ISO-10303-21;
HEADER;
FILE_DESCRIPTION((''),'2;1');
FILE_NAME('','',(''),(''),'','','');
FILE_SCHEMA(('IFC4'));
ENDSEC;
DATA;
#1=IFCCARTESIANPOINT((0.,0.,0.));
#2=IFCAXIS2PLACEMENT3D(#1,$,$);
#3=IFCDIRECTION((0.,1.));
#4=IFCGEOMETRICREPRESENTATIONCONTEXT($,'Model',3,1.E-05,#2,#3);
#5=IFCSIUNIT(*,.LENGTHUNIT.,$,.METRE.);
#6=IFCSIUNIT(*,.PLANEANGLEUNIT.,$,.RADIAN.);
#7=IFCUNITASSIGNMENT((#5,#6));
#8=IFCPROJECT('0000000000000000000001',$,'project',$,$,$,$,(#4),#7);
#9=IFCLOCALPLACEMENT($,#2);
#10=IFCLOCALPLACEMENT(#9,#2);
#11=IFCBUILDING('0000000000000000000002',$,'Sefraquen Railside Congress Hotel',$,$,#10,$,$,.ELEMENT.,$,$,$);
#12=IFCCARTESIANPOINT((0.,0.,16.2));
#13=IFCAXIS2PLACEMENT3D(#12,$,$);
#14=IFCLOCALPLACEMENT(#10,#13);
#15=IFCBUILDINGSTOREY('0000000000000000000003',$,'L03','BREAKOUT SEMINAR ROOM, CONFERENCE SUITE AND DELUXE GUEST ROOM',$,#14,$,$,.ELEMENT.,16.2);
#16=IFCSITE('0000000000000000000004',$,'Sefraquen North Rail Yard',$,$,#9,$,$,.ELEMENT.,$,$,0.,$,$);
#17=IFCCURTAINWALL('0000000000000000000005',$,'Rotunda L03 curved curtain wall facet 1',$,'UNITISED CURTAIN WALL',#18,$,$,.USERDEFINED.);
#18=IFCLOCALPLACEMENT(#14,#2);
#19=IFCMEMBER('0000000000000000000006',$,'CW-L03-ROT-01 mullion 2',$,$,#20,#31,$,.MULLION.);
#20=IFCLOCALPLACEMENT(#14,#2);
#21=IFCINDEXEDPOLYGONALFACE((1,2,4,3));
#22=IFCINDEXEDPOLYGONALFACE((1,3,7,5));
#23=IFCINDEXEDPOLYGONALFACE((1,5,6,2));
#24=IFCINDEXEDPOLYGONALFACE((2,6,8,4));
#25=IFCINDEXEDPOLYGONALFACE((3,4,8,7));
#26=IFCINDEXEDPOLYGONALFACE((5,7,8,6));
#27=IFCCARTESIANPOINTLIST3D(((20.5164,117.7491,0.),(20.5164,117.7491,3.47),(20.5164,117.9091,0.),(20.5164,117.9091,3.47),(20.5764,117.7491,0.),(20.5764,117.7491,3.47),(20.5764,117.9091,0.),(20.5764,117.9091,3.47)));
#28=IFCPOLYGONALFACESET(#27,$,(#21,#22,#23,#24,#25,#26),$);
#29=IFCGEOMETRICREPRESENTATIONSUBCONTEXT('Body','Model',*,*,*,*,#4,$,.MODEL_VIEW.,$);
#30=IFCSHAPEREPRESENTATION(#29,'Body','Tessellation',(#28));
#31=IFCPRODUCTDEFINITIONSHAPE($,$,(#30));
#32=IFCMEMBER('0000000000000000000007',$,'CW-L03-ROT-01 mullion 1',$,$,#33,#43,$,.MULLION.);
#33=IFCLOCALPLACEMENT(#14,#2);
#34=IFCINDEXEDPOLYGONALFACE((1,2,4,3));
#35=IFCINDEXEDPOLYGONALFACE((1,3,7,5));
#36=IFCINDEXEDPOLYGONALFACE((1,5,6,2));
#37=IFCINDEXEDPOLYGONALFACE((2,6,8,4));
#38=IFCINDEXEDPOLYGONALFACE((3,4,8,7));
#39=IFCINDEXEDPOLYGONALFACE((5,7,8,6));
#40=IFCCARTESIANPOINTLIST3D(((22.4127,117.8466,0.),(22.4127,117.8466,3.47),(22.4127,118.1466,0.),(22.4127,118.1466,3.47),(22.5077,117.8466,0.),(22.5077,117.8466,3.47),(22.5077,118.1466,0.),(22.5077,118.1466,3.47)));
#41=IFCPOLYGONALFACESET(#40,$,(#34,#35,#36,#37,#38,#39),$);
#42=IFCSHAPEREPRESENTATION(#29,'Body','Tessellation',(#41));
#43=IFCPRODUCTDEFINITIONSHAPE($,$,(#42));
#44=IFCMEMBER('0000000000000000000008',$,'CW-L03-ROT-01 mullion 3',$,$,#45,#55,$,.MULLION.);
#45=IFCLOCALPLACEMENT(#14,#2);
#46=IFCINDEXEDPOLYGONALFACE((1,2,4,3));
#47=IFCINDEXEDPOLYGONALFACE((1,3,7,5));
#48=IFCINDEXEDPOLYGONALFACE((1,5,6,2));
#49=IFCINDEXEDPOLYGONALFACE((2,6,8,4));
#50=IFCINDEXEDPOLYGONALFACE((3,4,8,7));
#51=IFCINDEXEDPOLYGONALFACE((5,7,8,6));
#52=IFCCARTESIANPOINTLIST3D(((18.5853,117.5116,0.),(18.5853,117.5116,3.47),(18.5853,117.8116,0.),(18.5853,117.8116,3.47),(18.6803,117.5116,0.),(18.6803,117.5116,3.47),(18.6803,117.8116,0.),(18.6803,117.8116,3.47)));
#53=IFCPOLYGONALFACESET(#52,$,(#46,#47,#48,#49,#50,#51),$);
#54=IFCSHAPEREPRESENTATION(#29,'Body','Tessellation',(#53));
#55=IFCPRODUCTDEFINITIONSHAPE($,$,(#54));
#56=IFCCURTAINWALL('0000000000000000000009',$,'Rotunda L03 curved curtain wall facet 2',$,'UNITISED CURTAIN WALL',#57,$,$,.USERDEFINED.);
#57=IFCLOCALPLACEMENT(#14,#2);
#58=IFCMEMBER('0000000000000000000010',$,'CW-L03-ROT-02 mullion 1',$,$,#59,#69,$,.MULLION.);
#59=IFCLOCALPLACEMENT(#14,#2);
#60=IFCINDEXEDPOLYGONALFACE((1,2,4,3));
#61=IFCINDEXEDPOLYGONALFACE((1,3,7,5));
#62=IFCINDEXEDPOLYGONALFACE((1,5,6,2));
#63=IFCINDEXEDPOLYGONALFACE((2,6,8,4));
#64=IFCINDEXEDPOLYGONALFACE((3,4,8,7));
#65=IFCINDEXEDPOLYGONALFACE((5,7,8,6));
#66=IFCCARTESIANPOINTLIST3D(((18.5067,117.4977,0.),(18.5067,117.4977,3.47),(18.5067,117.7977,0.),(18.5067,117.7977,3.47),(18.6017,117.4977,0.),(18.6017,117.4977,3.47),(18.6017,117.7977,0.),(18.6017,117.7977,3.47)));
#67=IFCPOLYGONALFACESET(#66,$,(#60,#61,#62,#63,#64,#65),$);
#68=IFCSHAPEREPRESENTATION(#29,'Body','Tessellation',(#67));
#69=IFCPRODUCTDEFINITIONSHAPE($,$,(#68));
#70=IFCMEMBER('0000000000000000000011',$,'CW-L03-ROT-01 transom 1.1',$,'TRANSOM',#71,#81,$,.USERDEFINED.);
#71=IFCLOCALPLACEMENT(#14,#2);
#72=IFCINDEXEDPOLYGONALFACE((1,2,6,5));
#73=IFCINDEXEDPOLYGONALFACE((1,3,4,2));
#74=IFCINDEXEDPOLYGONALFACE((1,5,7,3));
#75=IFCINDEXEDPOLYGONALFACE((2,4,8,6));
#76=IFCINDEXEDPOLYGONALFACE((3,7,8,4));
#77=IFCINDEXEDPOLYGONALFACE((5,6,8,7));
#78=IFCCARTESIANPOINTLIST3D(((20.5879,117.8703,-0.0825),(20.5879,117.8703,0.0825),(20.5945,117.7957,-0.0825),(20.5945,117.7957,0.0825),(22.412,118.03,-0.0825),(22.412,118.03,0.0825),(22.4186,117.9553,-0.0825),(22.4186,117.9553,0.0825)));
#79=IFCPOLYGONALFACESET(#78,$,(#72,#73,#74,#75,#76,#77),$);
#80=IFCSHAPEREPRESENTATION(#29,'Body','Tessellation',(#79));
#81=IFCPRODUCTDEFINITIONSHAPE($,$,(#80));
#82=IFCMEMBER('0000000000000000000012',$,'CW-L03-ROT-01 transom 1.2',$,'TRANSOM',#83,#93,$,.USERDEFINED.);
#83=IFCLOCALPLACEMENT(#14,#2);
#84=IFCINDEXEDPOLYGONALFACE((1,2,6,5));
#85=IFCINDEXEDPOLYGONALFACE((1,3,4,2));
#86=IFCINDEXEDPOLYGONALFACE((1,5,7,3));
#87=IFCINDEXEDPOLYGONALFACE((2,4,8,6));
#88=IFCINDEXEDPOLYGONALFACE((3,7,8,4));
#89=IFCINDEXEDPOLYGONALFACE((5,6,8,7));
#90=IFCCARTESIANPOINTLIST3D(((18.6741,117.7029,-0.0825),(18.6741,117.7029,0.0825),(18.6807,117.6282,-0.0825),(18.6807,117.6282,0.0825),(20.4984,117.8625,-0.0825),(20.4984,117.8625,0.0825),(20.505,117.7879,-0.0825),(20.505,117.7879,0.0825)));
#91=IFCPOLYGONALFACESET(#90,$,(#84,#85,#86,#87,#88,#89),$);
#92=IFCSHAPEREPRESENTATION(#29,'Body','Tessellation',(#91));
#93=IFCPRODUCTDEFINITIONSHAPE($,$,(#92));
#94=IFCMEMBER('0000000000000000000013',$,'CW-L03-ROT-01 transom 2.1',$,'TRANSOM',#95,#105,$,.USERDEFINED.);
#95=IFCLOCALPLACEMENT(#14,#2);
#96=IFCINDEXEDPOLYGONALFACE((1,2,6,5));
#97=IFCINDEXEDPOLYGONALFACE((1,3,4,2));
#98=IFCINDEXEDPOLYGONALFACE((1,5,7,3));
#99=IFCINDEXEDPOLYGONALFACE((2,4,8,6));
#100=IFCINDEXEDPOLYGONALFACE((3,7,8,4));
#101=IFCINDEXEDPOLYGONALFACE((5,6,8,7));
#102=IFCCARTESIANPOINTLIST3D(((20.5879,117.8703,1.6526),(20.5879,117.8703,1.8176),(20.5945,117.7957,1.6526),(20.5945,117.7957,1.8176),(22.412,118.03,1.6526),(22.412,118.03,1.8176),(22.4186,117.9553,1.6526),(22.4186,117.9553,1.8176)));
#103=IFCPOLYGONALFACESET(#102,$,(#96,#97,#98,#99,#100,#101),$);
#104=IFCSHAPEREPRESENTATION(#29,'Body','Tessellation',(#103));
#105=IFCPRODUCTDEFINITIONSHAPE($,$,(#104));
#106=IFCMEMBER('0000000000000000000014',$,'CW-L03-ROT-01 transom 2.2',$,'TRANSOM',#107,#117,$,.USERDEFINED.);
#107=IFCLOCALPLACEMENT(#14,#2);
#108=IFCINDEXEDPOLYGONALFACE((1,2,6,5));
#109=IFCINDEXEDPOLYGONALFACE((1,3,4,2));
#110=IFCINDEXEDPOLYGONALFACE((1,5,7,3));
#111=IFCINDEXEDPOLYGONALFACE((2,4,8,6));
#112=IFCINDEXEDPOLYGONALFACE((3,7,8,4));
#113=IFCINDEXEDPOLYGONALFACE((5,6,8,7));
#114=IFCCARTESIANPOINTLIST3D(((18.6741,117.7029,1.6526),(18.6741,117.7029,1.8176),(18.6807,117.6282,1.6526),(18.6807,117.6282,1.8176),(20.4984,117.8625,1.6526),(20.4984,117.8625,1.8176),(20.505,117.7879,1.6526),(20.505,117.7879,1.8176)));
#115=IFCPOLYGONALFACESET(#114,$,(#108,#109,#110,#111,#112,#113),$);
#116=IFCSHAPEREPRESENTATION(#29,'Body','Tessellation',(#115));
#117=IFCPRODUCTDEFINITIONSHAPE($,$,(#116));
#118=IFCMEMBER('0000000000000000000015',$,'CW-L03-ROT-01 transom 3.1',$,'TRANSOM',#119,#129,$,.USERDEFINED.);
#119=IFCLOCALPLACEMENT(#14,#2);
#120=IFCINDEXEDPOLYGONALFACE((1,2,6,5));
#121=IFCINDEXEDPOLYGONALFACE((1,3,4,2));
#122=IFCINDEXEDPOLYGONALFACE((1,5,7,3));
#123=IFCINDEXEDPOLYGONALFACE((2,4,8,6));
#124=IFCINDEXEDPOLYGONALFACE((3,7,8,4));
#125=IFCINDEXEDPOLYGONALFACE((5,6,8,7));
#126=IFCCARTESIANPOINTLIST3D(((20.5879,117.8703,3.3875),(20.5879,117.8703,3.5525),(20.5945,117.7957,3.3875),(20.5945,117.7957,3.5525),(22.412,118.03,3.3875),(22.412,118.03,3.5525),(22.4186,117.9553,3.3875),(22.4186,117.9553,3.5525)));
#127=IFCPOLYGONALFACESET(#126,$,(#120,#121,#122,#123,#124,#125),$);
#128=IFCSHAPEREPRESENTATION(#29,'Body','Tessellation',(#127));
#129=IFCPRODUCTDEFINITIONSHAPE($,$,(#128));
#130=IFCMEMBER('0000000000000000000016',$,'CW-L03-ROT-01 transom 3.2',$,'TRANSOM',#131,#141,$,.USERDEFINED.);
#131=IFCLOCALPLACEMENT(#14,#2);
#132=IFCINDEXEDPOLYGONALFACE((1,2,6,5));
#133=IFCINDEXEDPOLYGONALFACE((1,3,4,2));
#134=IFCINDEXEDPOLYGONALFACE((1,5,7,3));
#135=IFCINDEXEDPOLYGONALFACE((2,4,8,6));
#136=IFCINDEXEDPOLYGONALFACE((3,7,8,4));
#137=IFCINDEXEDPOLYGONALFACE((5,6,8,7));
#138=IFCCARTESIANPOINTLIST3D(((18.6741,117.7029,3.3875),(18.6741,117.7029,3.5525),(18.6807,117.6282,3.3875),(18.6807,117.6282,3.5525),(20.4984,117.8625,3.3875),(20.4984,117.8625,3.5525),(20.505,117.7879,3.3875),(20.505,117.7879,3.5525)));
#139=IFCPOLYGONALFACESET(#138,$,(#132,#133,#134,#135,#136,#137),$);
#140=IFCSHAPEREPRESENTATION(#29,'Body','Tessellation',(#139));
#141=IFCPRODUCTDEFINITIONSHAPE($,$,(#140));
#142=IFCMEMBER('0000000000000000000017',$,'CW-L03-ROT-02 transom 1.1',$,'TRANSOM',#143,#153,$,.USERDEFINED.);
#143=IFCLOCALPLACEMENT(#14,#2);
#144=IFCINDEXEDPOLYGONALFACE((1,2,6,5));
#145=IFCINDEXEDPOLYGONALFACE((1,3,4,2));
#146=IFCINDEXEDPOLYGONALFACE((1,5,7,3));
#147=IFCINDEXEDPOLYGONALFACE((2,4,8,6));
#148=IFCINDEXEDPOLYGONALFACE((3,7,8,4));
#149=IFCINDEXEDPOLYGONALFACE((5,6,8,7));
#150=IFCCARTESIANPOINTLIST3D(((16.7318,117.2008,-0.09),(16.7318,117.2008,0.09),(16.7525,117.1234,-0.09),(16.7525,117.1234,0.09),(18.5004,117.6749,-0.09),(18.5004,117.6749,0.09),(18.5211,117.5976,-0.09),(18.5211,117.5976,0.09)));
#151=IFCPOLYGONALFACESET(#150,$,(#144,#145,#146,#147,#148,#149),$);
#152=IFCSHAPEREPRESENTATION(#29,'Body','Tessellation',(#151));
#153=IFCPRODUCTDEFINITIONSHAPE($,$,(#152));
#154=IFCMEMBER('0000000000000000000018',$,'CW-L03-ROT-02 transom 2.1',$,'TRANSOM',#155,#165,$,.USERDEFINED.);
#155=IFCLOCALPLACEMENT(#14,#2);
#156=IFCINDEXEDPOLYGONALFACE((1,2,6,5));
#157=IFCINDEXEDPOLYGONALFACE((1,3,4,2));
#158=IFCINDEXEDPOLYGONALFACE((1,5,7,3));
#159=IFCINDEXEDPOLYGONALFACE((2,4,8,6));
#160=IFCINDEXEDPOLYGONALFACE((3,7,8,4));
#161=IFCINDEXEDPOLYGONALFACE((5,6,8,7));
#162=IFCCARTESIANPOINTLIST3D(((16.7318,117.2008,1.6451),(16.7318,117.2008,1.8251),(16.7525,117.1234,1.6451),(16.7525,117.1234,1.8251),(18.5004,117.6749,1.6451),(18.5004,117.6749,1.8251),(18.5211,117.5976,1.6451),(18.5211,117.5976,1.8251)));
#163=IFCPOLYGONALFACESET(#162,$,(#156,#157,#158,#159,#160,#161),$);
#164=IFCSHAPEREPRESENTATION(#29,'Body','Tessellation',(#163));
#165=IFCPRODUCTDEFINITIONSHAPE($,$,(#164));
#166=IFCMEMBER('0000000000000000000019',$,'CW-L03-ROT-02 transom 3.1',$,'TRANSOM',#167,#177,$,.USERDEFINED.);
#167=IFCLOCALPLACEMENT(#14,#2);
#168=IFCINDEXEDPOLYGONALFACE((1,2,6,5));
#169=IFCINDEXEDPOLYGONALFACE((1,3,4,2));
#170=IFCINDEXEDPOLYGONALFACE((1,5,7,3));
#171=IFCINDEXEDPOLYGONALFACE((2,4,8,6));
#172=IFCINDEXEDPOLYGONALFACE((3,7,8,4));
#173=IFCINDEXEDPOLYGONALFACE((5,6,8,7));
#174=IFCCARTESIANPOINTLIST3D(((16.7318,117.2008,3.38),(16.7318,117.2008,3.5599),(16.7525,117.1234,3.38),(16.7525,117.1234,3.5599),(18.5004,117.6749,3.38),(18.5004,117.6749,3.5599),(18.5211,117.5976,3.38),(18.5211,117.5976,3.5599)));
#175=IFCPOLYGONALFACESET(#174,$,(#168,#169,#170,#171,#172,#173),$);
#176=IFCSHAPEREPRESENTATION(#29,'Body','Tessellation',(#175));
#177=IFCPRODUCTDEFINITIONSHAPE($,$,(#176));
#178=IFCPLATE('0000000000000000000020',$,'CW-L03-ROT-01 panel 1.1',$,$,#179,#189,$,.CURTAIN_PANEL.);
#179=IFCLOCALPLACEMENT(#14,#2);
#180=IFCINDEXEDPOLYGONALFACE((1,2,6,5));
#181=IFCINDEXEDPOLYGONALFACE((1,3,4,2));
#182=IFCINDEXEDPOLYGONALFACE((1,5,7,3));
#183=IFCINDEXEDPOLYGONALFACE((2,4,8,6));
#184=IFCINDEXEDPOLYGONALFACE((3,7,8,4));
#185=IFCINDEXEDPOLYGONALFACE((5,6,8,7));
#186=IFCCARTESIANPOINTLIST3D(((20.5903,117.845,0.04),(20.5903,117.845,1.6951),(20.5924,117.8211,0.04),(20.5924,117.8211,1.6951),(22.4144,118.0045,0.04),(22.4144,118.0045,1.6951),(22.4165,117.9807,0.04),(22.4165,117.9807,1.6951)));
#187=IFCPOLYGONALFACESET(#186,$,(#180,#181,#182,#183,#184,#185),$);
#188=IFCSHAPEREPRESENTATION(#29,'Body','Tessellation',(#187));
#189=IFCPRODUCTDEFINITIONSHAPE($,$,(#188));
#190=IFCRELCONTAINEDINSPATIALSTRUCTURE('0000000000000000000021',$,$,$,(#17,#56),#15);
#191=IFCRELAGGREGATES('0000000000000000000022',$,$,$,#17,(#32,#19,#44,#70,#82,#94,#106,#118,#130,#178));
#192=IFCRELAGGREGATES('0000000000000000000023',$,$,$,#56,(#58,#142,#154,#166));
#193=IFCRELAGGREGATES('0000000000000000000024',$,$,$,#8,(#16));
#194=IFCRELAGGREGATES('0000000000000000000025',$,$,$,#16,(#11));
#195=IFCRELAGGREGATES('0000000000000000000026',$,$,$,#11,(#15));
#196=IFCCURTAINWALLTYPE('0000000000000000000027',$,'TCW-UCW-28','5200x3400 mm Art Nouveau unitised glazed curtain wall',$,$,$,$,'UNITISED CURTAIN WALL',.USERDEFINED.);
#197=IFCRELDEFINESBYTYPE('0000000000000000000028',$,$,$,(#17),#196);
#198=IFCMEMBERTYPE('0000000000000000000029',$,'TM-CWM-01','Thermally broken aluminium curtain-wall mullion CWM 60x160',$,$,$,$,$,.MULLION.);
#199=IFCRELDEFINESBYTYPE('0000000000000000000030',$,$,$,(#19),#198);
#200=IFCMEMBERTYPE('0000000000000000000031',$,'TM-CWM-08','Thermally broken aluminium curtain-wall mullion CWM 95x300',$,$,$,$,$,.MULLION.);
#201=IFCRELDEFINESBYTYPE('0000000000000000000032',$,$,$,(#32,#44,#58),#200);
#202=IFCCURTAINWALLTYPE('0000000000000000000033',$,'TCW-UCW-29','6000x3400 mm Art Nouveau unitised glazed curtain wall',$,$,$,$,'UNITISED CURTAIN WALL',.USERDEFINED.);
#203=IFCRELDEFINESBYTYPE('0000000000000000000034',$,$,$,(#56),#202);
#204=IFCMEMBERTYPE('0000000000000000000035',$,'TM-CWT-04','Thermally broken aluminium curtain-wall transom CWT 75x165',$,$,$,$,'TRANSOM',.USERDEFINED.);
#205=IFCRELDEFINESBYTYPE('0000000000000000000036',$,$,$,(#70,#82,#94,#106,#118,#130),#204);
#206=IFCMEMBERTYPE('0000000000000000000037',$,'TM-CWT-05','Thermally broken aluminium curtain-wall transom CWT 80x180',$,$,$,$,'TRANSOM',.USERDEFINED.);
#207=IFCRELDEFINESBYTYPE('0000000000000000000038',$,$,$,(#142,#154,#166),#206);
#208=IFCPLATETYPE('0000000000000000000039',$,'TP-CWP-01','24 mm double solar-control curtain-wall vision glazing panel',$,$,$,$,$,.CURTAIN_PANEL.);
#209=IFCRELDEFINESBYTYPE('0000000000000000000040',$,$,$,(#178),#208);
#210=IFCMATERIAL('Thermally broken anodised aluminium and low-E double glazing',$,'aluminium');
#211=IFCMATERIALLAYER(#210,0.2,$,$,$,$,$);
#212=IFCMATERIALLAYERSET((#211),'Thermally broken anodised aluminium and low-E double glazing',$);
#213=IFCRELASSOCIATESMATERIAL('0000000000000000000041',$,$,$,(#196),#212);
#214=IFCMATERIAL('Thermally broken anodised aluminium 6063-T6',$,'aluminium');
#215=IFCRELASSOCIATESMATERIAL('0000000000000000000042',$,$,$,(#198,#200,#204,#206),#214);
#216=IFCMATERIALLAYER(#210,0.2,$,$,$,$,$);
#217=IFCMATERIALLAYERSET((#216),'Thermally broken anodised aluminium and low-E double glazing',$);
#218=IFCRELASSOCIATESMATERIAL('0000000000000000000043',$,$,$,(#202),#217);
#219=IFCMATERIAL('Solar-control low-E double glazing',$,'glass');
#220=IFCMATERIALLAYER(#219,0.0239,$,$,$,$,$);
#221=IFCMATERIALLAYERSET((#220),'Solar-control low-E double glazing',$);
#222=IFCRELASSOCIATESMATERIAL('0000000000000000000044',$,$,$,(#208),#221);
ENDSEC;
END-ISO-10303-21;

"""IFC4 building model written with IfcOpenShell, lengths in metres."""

from ifc_helpers import new_model, si_unit, direction, frame, origin, origin_2d, place, context, subcontext, project, spatial, rectangle, extrude, material, layer, layer_set, material_profile, profile_set, type_object, element, aggregate, save


model = new_model("IFC4")

# Units and contexts
model_context = context("Model", 3, precision=1e-05, world=origin(), true_north=direction((0.0, 1.0)))
body_context = subcontext(model_context, "Body", "Model", "MODEL_VIEW")
ifc_project = project(units=[si_unit("LENGTHUNIT", "METRE"), si_unit("PLANEANGLEUNIT", "RADIAN")], contexts=[model_context])

# Site, building, storey
site_placement = place(None, origin())
site = spatial("IfcSite", under=ifc_project, at=site_placement, Name="Sefraquen North Rail Yard", CompositionType="ELEMENT", RefElevation=0.0)
building_placement = place(site_placement, origin())
building = spatial("IfcBuilding", under=site, at=building_placement, Name="Sefraquen Railside Congress Hotel", CompositionType="ELEMENT")
storey_placement = place(building_placement, frame((0.0, 0.0, 16.2)))
storey = spatial("IfcBuildingStorey", under=building, at=storey_placement, Name="L03", Description="BREAKOUT SEMINAR ROOM, CONFERENCE SUITE AND DELUXE GUEST ROOM", CompositionType="ELEMENT", Elevation=16.2)

# Curtain wall, members
ifc_material_1 = material(Name="Thermally broken anodised aluminium and low-E double glazing", Category="aluminium")
ifc_layer_1 = layer(ifc_material_1, 0.2)
ifc_layer_set_1 = layer_set([ifc_layer_1], Name="Thermally broken anodised aluminium and low-E double glazing")
curtain_wall_type_1 = type_object("IfcCurtainWallType", Name="TCW-UCW-28", Description="5200x3400 mm Art Nouveau unitised glazed curtain wall", ElementType="UNITISED CURTAIN WALL", PredefinedType="USERDEFINED", material=ifc_layer_set_1)
curtain_wall_1_placement = place(storey_placement, origin())
curtain_wall_1 = element("IfcCurtainWall", 1, at=curtain_wall_1_placement, inside=storey, type_object=curtain_wall_type_1, Name="Rotunda L03 curved curtain wall facet 1", ObjectType="UNITISED CURTAIN WALL", PredefinedType="USERDEFINED")
ifc_material_2 = material(Name="Thermally broken anodised aluminium 6063-T6", Category="aluminium")
ifc_material_profile_1 = material_profile(ifc_material_2, rectangle(XDim=0.0601, YDim=0.1599, at=origin_2d()), Name="CWM 60x160")
ifc_profile_set_1 = profile_set([ifc_material_profile_1], Name="Thermally broken anodised aluminium 6063-T6")
member_type_1 = type_object("IfcMemberType", Name="TM-CWM-01", Description="Thermally broken aluminium curtain-wall mullion CWM 60x160", PredefinedType="MULLION", material=ifc_profile_set_1)
member_1_placement = place(storey_placement, frame((20.5464, 117.8291, 0.0), z_axis=(0.0, 0.0, 1.0), x_axis=(1.0, 0.0, 0.0)))
member_1 = element("IfcMember", 2, at=member_1_placement, type_object=member_type_1, Name="CW-L03-ROT-01 mullion 2", PredefinedType="MULLION", context=body_context, shape_type="SweptSolid", body=[
    extrude(rectangle(XDim=0.0601, YDim=0.1599, at=origin_2d()), origin(), (0.0, 0.0, 1.0), 3.47),
])
ifc_material_profile_2 = material_profile(ifc_material_2, rectangle(XDim=0.095, YDim=0.3, at=origin_2d()), Name="CWM 95x300")
ifc_profile_set_2 = profile_set([ifc_material_profile_2], Name="Thermally broken anodised aluminium 6063-T6")
member_type_2 = type_object("IfcMemberType", Name="TM-CWM-08", Description="Thermally broken aluminium curtain-wall mullion CWM 95x300", PredefinedType="MULLION", material=ifc_profile_set_2)
member_2_placement = place(storey_placement, frame((22.4602, 117.9966, 0.0), z_axis=(0.0, 0.0, 1.0), x_axis=(1.0, 0.0, 0.0)))
member_2 = element("IfcMember", 3, at=member_2_placement, type_object=member_type_2, Name="CW-L03-ROT-01 mullion 1", PredefinedType="MULLION", context=body_context, shape_type="SweptSolid", body=[
    extrude(rectangle(XDim=0.095, YDim=0.3, at=origin_2d()), origin(), (0.0, 0.0, 1.0), 3.47),
])
member_3_placement = place(storey_placement, frame((18.6328, 117.6616, 0.0), z_axis=(0.0, 0.0, 1.0), x_axis=(1.0, 0.0, 0.0)))
member_3 = element("IfcMember", 4, at=member_3_placement, type_object=member_type_2, Name="CW-L03-ROT-01 mullion 3", PredefinedType="MULLION", context=body_context, shape_type="SweptSolid", body=[
    extrude(rectangle(XDim=0.095, YDim=0.3, at=origin_2d()), origin(), (0.0, 0.0, 1.0), 3.47),
])

# Curtain wall, member
ifc_layer_2 = layer(ifc_material_1, 0.2)
ifc_layer_set_2 = layer_set([ifc_layer_2], Name="Thermally broken anodised aluminium and low-E double glazing")
curtain_wall_type_2 = type_object("IfcCurtainWallType", Name="TCW-UCW-29", Description="6000x3400 mm Art Nouveau unitised glazed curtain wall", ElementType="UNITISED CURTAIN WALL", PredefinedType="USERDEFINED", material=ifc_layer_set_2)
curtain_wall_2_placement = place(storey_placement, origin())
curtain_wall_2 = element("IfcCurtainWall", 5, at=curtain_wall_2_placement, inside=storey, type_object=curtain_wall_type_2, Name="Rotunda L03 curved curtain wall facet 2", ObjectType="UNITISED CURTAIN WALL", PredefinedType="USERDEFINED")
member_4_placement = place(storey_placement, frame((18.5542, 117.6477, 0.0), z_axis=(0.0, 0.0, 1.0), x_axis=(1.0, 0.0, 0.0)))
member_4 = element("IfcMember", 6, at=member_4_placement, type_object=member_type_2, Name="CW-L03-ROT-02 mullion 1", PredefinedType="MULLION", context=body_context, shape_type="SweptSolid", body=[
    extrude(rectangle(XDim=0.095, YDim=0.3, at=origin_2d()), origin(), (0.0, 0.0, 1.0), 3.47),
])

# Members
ifc_material_profile_3 = material_profile(ifc_material_2, rectangle(XDim=0.075, YDim=0.165, at=origin_2d()), Name="CWT 75x165")
ifc_profile_set_3 = profile_set([ifc_material_profile_3], Name="Thermally broken anodised aluminium 6063-T6")
member_type_3 = type_object("IfcMemberType", Name="TM-CWT-04", Description="Thermally broken aluminium curtain-wall transom CWT 75x165", ElementType="TRANSOM", PredefinedType="USERDEFINED", material=ifc_profile_set_3)
member_5_placement = place(storey_placement, frame((22.4153, 117.9927, 0.0), z_axis=(-0.99619, -0.087205, 0.0), x_axis=(0.087205, -0.99619, 0.0)))
member_5 = element("IfcMember", 7, at=member_5_placement, type_object=member_type_3, Name="CW-L03-ROT-01 transom 1.1", ObjectType="TRANSOM", PredefinedType="USERDEFINED", context=body_context, shape_type="SweptSolid", body=[
    extrude(rectangle(XDim=0.075, YDim=0.165, at=origin_2d()), origin(), (0.0, 0.0, 1.0), 1.8311),
])
member_6_placement = place(storey_placement, frame((20.5017, 117.8252, 0.0), z_axis=(-0.996191, -0.087193, 0.0), x_axis=(0.087193, -0.996191, 0.0)))
member_6 = element("IfcMember", 8, at=member_6_placement, type_object=member_type_3, Name="CW-L03-ROT-01 transom 1.2", ObjectType="TRANSOM", PredefinedType="USERDEFINED", context=body_context, shape_type="SweptSolid", body=[
    extrude(rectangle(XDim=0.075, YDim=0.165, at=origin_2d()), origin(), (0.0, 0.0, 1.0), 1.8313),
])
member_7_placement = place(storey_placement, frame((22.4153, 117.9927, 1.7351), z_axis=(-0.99619, -0.087205, 0.0), x_axis=(0.087205, -0.99619, 0.0)))
member_7 = element("IfcMember", 9, at=member_7_placement, type_object=member_type_3, Name="CW-L03-ROT-01 transom 2.1", ObjectType="TRANSOM", PredefinedType="USERDEFINED", context=body_context, shape_type="SweptSolid", body=[
    extrude(rectangle(XDim=0.075, YDim=0.165, at=origin_2d()), origin(), (0.0, 0.0, 1.0), 1.8311),
])
member_8_placement = place(storey_placement, frame((20.5017, 117.8252, 1.7351), z_axis=(-0.996191, -0.087193, 0.0), x_axis=(0.087193, -0.996191, 0.0)))
member_8 = element("IfcMember", 10, at=member_8_placement, type_object=member_type_3, Name="CW-L03-ROT-01 transom 2.2", ObjectType="TRANSOM", PredefinedType="USERDEFINED", context=body_context, shape_type="SweptSolid", body=[
    extrude(rectangle(XDim=0.075, YDim=0.165, at=origin_2d()), origin(), (0.0, 0.0, 1.0), 1.8313),
])
member_9_placement = place(storey_placement, frame((22.4153, 117.9927, 3.47), z_axis=(-0.99619, -0.087205, 0.0), x_axis=(0.087205, -0.99619, 0.0)))
member_9 = element("IfcMember", 11, at=member_9_placement, type_object=member_type_3, Name="CW-L03-ROT-01 transom 3.1", ObjectType="TRANSOM", PredefinedType="USERDEFINED", context=body_context, shape_type="SweptSolid", body=[
    extrude(rectangle(XDim=0.075, YDim=0.165, at=origin_2d()), origin(), (0.0, 0.0, 1.0), 1.8311),
])
member_10_placement = place(storey_placement, frame((20.5017, 117.8252, 3.47), z_axis=(-0.996191, -0.087193, 0.0), x_axis=(0.087193, -0.996191, 0.0)))
member_10 = element("IfcMember", 12, at=member_10_placement, type_object=member_type_3, Name="CW-L03-ROT-01 transom 3.2", ObjectType="TRANSOM", PredefinedType="USERDEFINED", context=body_context, shape_type="SweptSolid", body=[
    extrude(rectangle(XDim=0.075, YDim=0.165, at=origin_2d()), origin(), (0.0, 0.0, 1.0), 1.8313),
])
ifc_material_profile_4 = material_profile(ifc_material_2, rectangle(XDim=0.0801, YDim=0.1799, at=origin_2d()), Name="CWT 80x180")
ifc_profile_set_4 = profile_set([ifc_material_profile_4], Name="Thermally broken anodised aluminium 6063-T6")
member_type_4 = type_object("IfcMemberType", Name="TM-CWT-05", Description="Thermally broken aluminium curtain-wall transom CWT 80x180", ElementType="TRANSOM", PredefinedType="USERDEFINED", material=ifc_profile_set_4)
member_11_placement = place(storey_placement, frame((18.5107, 117.6362, 0.0), z_axis=(-0.965893, -0.25894, 0.0), x_axis=(0.25894, -0.965893, 0.0)))
member_11 = element("IfcMember", 13, at=member_11_placement, type_object=member_type_4, Name="CW-L03-ROT-02 transom 1.1", ObjectType="TRANSOM", PredefinedType="USERDEFINED", context=body_context, shape_type="SweptSolid", body=[
    extrude(rectangle(XDim=0.0801, YDim=0.1799, at=origin_2d()), origin(), (0.0, 0.0, 1.0), 1.8311),
])
member_12_placement = place(storey_placement, frame((18.5107, 117.6362, 1.7351), z_axis=(-0.965893, -0.25894, 0.0), x_axis=(0.25894, -0.965893, 0.0)))
member_12 = element("IfcMember", 14, at=member_12_placement, type_object=member_type_4, Name="CW-L03-ROT-02 transom 2.1", ObjectType="TRANSOM", PredefinedType="USERDEFINED", context=body_context, shape_type="SweptSolid", body=[
    extrude(rectangle(XDim=0.0801, YDim=0.1799, at=origin_2d()), origin(), (0.0, 0.0, 1.0), 1.8311),
])
member_13_placement = place(storey_placement, frame((18.5107, 117.6362, 3.47), z_axis=(-0.965893, -0.25894, 0.0), x_axis=(0.25894, -0.965893, 0.0)))
member_13 = element("IfcMember", 15, at=member_13_placement, type_object=member_type_4, Name="CW-L03-ROT-02 transom 3.1", ObjectType="TRANSOM", PredefinedType="USERDEFINED", context=body_context, shape_type="SweptSolid", body=[
    extrude(rectangle(XDim=0.0801, YDim=0.1799, at=origin_2d()), origin(), (0.0, 0.0, 1.0), 1.8311),
])

# Plate
ifc_material_3 = material(Name="Solar-control low-E double glazing", Category="glass")
ifc_layer_3 = layer(ifc_material_3, 0.0239)
ifc_layer_set_3 = layer_set([ifc_layer_3], Name="Solar-control low-E double glazing")
plate_type_1 = type_object("IfcPlateType", Name="TP-CWP-01", Description="24 mm double solar-control curtain-wall vision glazing panel", PredefinedType="CURTAIN_PANEL", material=ifc_layer_set_3)
plate_1_placement = place(storey_placement, frame((21.5034, 117.9128, 0.04), z_axis=(0.0, 0.0, 1.0), x_axis=(-0.996196, -0.087138, 0.0)))
plate_1 = element("IfcPlate", 16, at=plate_1_placement, type_object=plate_type_1, Name="CW-L03-ROT-01 panel 1.1", PredefinedType="CURTAIN_PANEL", context=body_context, shape_type="SweptSolid", body=[
    extrude(rectangle(XDim=1.8311, YDim=0.0239, at=origin_2d()), origin(), (0.0, 0.0, 1.0), 1.655),
])
aggregate(curtain_wall_1, [member_2, member_1, member_3, member_5, member_6, member_7, member_8, member_9, member_10, plate_1])
aggregate(curtain_wall_2, [member_4, member_11, member_12, member_13])

save(model, "model.ifc")
